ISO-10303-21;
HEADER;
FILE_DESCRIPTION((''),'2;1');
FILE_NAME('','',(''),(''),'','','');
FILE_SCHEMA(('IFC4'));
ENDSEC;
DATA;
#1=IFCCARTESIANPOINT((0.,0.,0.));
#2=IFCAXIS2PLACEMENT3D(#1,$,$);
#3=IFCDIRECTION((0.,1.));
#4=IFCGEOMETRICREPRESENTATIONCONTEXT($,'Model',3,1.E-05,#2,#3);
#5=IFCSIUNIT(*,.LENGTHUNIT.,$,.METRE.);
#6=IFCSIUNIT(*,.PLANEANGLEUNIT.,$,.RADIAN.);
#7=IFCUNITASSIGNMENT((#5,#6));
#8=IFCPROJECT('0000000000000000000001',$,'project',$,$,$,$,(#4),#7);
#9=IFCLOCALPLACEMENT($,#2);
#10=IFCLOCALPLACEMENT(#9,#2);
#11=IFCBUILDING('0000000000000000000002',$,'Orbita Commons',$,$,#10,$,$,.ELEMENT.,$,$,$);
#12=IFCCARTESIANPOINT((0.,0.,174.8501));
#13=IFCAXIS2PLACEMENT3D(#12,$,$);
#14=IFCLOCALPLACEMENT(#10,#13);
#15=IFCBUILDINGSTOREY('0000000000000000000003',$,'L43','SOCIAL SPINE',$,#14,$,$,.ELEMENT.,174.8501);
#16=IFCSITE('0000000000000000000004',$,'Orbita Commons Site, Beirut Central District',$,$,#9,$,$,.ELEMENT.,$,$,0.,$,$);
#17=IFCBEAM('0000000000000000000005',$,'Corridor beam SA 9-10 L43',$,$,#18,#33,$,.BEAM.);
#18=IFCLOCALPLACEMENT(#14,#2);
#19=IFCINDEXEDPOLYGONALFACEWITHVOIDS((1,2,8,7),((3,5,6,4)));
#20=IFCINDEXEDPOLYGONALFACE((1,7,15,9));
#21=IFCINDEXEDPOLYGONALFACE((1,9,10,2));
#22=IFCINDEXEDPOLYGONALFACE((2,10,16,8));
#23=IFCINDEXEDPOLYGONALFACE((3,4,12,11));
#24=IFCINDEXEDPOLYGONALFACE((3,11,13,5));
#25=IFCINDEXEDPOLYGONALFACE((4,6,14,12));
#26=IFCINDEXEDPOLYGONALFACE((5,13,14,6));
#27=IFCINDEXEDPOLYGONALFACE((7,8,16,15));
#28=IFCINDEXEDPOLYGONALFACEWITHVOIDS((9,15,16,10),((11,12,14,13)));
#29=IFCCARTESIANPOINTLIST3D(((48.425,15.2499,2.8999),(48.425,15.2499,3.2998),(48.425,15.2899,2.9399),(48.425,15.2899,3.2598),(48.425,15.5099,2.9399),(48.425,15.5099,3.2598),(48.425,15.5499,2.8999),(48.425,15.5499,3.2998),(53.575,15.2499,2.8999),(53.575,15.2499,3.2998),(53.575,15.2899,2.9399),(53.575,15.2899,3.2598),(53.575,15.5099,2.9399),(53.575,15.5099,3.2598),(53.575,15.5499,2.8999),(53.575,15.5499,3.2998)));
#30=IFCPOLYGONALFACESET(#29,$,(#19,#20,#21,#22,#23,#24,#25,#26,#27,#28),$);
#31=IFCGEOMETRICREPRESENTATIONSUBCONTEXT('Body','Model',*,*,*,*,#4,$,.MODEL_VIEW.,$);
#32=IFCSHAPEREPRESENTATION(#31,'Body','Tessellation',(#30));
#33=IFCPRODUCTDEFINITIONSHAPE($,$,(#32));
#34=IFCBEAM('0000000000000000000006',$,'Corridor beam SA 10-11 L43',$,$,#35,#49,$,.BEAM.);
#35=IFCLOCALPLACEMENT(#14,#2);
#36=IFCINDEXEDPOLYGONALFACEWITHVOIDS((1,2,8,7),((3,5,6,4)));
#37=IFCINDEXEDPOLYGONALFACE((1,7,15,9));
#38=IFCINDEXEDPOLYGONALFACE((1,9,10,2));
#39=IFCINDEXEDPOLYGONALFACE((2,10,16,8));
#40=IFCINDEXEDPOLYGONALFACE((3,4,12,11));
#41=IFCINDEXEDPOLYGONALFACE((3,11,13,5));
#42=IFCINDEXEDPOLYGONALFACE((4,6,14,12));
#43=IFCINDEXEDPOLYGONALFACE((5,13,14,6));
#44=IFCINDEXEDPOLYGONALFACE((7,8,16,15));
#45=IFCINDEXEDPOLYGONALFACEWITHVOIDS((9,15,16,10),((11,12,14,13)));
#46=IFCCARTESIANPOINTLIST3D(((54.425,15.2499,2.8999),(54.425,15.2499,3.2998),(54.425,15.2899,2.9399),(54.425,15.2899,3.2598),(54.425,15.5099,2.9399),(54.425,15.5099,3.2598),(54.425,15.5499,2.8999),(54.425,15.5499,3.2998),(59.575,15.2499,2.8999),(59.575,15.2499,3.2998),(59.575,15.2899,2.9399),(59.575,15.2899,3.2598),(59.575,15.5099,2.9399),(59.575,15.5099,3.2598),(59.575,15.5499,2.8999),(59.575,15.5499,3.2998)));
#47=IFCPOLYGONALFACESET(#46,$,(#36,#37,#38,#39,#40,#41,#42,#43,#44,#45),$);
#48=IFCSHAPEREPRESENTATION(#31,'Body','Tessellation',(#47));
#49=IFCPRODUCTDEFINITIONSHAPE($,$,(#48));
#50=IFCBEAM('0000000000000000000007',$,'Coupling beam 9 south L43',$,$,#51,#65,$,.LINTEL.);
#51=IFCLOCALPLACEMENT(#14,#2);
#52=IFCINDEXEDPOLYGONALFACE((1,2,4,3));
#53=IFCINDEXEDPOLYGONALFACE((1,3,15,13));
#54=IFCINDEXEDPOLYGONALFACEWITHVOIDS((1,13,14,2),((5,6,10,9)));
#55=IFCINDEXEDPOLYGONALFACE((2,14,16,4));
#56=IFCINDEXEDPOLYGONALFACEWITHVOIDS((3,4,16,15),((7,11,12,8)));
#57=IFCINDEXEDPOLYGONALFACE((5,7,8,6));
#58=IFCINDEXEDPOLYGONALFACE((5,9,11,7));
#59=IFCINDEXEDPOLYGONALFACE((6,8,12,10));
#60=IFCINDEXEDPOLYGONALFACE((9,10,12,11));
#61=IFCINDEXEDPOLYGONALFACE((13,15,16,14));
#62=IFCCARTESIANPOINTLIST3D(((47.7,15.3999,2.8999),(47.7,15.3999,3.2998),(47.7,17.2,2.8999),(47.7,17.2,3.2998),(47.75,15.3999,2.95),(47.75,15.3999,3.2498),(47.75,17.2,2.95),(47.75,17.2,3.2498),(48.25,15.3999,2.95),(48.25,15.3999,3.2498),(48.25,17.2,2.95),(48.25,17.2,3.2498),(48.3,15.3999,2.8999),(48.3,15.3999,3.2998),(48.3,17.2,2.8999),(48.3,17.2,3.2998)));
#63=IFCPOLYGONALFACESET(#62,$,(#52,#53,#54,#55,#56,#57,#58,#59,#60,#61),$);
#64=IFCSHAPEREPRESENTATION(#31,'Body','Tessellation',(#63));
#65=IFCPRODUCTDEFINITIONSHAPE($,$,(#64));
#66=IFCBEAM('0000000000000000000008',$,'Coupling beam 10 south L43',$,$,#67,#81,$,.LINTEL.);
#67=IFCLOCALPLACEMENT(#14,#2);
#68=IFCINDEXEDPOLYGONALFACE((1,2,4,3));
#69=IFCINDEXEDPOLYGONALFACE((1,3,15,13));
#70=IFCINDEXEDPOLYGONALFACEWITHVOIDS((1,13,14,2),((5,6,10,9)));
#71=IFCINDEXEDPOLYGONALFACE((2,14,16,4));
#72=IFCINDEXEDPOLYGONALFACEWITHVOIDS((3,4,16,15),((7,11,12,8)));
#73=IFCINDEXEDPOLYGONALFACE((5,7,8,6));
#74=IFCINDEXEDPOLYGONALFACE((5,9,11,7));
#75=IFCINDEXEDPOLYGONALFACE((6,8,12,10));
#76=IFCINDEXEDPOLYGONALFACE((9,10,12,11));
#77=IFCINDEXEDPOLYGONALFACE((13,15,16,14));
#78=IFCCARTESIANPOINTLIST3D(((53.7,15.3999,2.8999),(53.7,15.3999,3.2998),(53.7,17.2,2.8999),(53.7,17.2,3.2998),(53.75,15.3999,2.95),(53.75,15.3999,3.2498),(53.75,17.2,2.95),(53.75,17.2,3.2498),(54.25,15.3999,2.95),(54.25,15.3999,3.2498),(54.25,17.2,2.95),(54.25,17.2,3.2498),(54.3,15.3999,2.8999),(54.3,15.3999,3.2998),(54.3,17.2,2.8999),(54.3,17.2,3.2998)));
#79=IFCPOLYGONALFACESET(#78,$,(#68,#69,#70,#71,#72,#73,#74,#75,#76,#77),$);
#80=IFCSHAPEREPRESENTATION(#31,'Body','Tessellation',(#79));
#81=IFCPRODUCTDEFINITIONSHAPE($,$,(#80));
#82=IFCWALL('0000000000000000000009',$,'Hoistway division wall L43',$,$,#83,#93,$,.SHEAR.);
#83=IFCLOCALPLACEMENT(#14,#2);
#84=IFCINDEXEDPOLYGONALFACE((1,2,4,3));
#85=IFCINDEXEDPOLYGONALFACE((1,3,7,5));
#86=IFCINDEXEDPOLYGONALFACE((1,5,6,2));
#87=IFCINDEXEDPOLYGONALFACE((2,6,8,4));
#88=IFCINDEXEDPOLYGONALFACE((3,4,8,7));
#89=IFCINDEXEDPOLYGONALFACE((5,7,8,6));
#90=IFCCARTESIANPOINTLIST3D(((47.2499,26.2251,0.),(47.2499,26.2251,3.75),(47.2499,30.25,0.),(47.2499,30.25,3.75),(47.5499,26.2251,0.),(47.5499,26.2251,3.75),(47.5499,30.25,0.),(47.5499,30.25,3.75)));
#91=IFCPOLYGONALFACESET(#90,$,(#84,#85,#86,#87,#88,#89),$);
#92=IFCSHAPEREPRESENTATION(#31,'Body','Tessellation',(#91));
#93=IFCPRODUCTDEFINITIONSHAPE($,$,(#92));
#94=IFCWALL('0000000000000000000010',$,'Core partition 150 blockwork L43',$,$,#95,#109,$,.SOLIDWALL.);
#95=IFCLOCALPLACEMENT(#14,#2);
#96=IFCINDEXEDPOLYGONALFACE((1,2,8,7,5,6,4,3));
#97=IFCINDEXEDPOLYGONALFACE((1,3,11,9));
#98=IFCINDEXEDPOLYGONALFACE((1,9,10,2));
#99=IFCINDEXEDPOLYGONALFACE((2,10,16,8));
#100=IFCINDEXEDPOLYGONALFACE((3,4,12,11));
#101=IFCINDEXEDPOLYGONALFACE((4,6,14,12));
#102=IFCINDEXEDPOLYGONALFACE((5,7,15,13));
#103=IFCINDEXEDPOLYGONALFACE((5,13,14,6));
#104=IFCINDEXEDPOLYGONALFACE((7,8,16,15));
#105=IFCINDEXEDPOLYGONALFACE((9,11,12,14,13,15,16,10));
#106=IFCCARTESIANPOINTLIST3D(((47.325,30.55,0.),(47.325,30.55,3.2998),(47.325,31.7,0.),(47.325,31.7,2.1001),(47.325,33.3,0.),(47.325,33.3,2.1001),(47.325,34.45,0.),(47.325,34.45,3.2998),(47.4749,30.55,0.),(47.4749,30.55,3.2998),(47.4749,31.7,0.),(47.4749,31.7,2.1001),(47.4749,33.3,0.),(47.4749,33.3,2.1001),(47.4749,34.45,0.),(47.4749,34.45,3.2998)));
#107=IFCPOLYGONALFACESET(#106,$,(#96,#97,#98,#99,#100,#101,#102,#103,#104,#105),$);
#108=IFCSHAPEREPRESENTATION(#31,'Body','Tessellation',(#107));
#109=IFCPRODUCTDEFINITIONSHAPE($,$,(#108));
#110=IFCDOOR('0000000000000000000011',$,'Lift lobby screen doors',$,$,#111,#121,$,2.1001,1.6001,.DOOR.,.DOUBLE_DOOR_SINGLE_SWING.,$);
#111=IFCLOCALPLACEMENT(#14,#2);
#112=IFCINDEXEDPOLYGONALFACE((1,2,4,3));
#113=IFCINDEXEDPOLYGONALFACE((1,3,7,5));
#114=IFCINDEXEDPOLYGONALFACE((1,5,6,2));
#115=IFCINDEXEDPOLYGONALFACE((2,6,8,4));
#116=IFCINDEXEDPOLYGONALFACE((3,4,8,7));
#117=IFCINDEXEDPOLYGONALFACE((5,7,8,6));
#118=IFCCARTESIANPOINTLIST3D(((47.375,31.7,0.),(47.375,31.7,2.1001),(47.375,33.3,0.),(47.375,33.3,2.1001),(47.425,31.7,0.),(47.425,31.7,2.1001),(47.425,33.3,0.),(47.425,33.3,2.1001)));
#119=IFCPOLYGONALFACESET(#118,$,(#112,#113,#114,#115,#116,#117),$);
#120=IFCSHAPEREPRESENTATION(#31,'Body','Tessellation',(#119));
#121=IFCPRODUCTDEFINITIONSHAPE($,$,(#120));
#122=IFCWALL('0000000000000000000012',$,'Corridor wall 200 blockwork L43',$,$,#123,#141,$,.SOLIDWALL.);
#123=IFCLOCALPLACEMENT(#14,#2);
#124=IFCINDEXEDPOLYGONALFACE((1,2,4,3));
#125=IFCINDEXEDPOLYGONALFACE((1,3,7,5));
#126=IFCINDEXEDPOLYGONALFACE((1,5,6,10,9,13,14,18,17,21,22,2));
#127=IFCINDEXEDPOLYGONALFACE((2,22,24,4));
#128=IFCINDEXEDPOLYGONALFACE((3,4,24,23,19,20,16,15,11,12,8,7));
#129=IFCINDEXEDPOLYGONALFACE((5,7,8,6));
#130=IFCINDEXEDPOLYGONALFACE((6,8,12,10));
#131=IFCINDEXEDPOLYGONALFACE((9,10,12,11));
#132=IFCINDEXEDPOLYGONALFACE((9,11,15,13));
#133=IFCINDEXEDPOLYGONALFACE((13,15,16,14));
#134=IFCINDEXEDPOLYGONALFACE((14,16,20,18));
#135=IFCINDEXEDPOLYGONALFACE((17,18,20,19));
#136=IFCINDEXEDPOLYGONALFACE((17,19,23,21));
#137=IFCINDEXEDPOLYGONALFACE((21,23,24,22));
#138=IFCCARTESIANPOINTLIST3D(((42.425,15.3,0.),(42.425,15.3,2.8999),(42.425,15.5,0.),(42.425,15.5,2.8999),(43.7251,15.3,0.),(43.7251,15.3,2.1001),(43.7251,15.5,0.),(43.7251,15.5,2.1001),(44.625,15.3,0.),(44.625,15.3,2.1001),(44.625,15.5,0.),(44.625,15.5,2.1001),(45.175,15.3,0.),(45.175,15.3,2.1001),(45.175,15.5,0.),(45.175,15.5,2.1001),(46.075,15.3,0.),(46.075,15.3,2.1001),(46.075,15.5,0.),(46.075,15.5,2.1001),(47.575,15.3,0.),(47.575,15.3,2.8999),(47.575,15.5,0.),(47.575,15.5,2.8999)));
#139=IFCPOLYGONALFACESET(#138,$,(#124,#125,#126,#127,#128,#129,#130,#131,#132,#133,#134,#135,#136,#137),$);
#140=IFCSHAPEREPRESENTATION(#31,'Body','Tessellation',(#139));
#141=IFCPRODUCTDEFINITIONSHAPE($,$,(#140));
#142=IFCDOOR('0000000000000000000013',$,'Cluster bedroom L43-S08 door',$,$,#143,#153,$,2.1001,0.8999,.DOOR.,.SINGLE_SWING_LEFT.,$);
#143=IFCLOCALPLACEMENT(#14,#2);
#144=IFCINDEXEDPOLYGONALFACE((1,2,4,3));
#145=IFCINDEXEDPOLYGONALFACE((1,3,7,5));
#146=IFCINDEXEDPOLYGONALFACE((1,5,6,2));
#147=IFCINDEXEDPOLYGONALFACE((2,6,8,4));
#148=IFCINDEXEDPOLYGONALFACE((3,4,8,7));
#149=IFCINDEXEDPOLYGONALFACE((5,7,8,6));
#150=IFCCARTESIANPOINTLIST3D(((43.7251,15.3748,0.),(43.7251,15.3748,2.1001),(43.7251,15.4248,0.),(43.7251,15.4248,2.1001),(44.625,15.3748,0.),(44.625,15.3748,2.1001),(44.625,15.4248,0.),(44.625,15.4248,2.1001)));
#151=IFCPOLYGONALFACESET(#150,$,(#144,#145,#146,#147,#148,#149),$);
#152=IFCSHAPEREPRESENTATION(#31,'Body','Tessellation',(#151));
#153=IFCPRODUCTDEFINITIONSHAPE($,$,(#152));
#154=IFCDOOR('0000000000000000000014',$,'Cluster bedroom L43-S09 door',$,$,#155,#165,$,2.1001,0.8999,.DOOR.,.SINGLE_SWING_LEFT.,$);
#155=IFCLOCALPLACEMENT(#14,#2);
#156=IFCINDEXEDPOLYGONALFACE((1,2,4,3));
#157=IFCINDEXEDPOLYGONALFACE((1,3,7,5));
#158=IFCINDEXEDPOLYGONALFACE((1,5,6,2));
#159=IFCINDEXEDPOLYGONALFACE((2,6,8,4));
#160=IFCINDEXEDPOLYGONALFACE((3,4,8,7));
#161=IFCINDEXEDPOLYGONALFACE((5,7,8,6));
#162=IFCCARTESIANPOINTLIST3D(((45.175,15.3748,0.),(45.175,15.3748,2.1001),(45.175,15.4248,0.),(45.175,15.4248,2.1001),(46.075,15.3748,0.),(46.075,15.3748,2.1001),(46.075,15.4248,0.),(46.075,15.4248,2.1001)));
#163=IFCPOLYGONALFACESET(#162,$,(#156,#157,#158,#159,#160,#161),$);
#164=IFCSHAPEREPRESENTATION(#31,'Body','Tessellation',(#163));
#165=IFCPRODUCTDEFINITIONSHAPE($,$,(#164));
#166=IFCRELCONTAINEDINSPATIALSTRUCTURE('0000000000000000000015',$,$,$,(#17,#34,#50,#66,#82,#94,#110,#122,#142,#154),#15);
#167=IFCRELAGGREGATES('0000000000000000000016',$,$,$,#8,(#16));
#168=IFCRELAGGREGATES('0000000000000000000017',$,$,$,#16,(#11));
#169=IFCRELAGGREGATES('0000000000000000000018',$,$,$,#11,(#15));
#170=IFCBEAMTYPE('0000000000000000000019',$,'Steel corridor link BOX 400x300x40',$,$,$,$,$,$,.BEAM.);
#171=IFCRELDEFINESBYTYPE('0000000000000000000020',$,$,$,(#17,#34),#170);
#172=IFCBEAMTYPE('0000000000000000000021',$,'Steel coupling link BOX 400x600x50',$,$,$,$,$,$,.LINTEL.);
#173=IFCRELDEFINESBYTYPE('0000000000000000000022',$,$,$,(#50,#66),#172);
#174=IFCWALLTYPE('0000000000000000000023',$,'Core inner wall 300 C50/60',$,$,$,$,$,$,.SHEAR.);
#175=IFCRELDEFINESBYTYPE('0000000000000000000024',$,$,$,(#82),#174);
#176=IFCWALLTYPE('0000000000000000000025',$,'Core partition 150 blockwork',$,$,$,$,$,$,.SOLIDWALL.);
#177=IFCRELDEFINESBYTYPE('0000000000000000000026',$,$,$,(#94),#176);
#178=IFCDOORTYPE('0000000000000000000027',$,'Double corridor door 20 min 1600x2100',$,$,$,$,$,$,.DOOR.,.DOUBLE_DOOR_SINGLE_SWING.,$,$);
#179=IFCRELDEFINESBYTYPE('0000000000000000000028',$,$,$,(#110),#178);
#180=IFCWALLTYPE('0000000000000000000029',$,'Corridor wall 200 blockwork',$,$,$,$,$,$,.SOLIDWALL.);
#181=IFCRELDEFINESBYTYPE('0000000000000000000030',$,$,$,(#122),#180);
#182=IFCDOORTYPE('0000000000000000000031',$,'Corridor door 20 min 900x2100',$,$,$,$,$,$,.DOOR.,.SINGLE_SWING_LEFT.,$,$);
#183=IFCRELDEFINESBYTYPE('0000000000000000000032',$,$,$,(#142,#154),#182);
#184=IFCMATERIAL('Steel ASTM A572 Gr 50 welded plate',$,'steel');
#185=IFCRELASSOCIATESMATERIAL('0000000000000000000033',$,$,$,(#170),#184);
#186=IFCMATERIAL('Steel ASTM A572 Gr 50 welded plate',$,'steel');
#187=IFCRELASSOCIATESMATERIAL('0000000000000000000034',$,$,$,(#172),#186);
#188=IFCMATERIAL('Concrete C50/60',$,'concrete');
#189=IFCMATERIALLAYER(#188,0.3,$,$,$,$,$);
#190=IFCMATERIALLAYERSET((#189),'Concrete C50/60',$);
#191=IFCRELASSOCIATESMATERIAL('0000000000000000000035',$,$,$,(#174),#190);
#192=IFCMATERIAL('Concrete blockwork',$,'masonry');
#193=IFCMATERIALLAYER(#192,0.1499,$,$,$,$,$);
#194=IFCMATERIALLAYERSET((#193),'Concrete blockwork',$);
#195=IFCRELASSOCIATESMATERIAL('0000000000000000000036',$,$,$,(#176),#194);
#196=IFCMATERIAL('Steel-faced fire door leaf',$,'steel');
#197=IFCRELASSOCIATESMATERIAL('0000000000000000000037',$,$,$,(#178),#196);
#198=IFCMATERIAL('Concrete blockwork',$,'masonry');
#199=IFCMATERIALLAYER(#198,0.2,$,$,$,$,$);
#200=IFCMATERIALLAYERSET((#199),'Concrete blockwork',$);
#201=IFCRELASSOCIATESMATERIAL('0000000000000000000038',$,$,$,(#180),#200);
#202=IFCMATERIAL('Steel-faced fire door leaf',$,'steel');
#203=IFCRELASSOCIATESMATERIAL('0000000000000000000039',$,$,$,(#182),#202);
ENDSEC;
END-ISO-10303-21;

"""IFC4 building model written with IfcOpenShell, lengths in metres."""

from ifc_helpers import new_model, si_unit, direction, frame, frame_2d, origin, origin_2d, place, context, subcontext, project, spatial, polyline, rectangle, hollow_rectangle, outline, extrude, material, layer, layer_set, material_profile, profile_set, type_object, element, fill, save


model = new_model("IFC4")

# Units and contexts
model_context = context("Model", 3, precision=1e-05, world=origin(), true_north=direction((0.0, 1.0)))
body_context = subcontext(model_context, "Body", "Model", "MODEL_VIEW")
ifc_project = project(units=[si_unit("LENGTHUNIT", "METRE"), si_unit("PLANEANGLEUNIT", "RADIAN")], contexts=[model_context])

# Site, building, storey
site_placement = place(None, origin())
site = spatial("IfcSite", under=ifc_project, at=site_placement, Name="Orbita Commons Site, Beirut Central District", CompositionType="ELEMENT", RefElevation=0.0)
building_placement = place(site_placement, origin())
building = spatial("IfcBuilding", under=site, at=building_placement, Name="Orbita Commons", CompositionType="ELEMENT")
storey_placement = place(building_placement, frame((0.0, 0.0, 174.8501)))
storey = spatial("IfcBuildingStorey", under=building, at=storey_placement, Name="L43", Description="SOCIAL SPINE", CompositionType="ELEMENT", Elevation=174.8501)

# Beams
ifc_material_1 = material(Name="Steel ASTM A572 Gr 50 welded plate", Category="steel")
ifc_material_profile_1 = material_profile(ifc_material_1, hollow_rectangle(XDim=0.3, YDim=0.3999, WallThickness=0.04, at=origin_2d()), Name="BOX 400x300x40")
ifc_profile_set_1 = profile_set([ifc_material_profile_1], Name="Steel ASTM A572 Gr 50 welded plate")
beam_type_1 = type_object("IfcBeamType", Name="Steel corridor link BOX 400x300x40", PredefinedType="BEAM", material=ifc_profile_set_1)
for number, where, z_axis, x_axis, name in (
    (1, (48.425, 15.3999, 3.0999), (1.0, 0.0, 0.0), (0.0, 1.0, 0.0), "Corridor beam SA 9-10 L43"),
    (2, (54.425, 15.3999, 3.0999), (1.0, 0.0, 0.0), (0.0, 1.0, 0.0), "Corridor beam SA 10-11 L43"),
):
    element("IfcBeam", number, at=place(storey_placement, frame(where, z_axis=z_axis, x_axis=x_axis)), inside=storey, type_object=beam_type_1, Name=name, PredefinedType="BEAM", context=body_context, shape_type="SweptSolid", body=[
        extrude(hollow_rectangle(XDim=0.3, YDim=0.3999, WallThickness=0.04, at=origin_2d()), origin(), (0.0, 0.0, 1.0), 5.1499),
    ])
ifc_material_2 = material(Name="Steel ASTM A572 Gr 50 welded plate", Category="steel")
ifc_material_profile_2 = material_profile(ifc_material_2, hollow_rectangle(XDim=0.6001, YDim=0.3999, WallThickness=0.05, at=origin_2d()), Name="BOX 400x600x50")
ifc_profile_set_2 = profile_set([ifc_material_profile_2], Name="Steel ASTM A572 Gr 50 welded plate")
beam_type_2 = type_object("IfcBeamType", Name="Steel coupling link BOX 400x600x50", PredefinedType="LINTEL", material=ifc_profile_set_2)
for number, where, z_axis, x_axis, name in (
    (3, (48.0, 15.3999, 3.0999), (0.0, 1.0, 0.0), (-1.0, 0.0, 0.0), "Coupling beam 9 south L43"),
    (4, (54.0, 15.3999, 3.0999), (0.0, 1.0, 0.0), (-1.0, 0.0, 0.0), "Coupling beam 10 south L43"),
):
    element("IfcBeam", number, at=place(storey_placement, frame(where, z_axis=z_axis, x_axis=x_axis)), inside=storey, type_object=beam_type_2, Name=name, PredefinedType="LINTEL", context=body_context, shape_type="SweptSolid", body=[
        extrude(hollow_rectangle(XDim=0.6001, YDim=0.3999, WallThickness=0.05, at=origin_2d()), origin(), (0.0, 0.0, 1.0), 1.8),
    ])

# Wall
ifc_material_3 = material(Name="Concrete C50/60", Category="concrete")
ifc_layer_1 = layer(ifc_material_3, 0.3)
ifc_layer_set_1 = layer_set([ifc_layer_1], Name="Concrete C50/60")
wall_type_1 = type_object("IfcWallType", Name="Core inner wall 300 C50/60", PredefinedType="SHEAR", material=ifc_layer_set_1)
wall_1_placement = place(storey_placement, frame((47.3999, 26.2251, 0.0), z_axis=(0.0, 0.0, 1.0), x_axis=(0.0, 1.0, 0.0)))
element("IfcWall", 5, at=wall_1_placement, inside=storey, type_object=wall_type_1, Name="Hoistway division wall L43", PredefinedType="SHEAR", context=body_context, shape_type="SweptSolid", body=[
    extrude(rectangle(XDim=4.0249, YDim=0.3, at=frame_2d((2.0125, 0.0))), origin(), (0.0, 0.0, 1.0), 3.75),
])

# Wall, opening, door
ifc_material_4 = material(Name="Concrete blockwork", Category="masonry")
ifc_layer_2 = layer(ifc_material_4, 0.1499)
ifc_layer_set_2 = layer_set([ifc_layer_2], Name="Concrete blockwork")
wall_type_2 = type_object("IfcWallType", Name="Core partition 150 blockwork", PredefinedType="SOLIDWALL", material=ifc_layer_set_2)
wall_2_placement = place(storey_placement, frame((47.3999, 30.55, 0.0), z_axis=(0.0, 0.0, 1.0), x_axis=(0.0, 1.0, 0.0)))
wall_2 = element("IfcWall", 6, at=wall_2_placement, inside=storey, type_object=wall_type_2, Name="Core partition 150 blockwork L43", PredefinedType="SOLIDWALL", context=body_context, shape_type="SweptSolid", body=[
    extrude(rectangle(XDim=3.8999, YDim=0.1499, at=frame_2d((1.95, 0.0))), origin(), (0.0, 0.0, 1.0), 3.2998),
])
opening_1_placement = place(wall_2_placement, frame((1.1499, 0.0, 0.0)))
opening_1 = element("IfcOpeningElement", 7, at=opening_1_placement, cuts=wall_2, PredefinedType="OPENING", context=body_context, shape_type="SweptSolid", body=[
    extrude(rectangle(XDim=1.6001, YDim=2.1001, at=frame_2d((0.8, 1.05))), frame((0.0, 0.085, 0.0), z_axis=(0.0, -1.0, 0.0), x_axis=(1.0, 0.0, 0.0)), (0.0, 0.0, 1.0), 0.1699),
])
ifc_material_5 = material(Name="Steel-faced fire door leaf", Category="steel")
door_type_1 = type_object("IfcDoorType", Name="Double corridor door 20 min 1600x2100", OperationType="DOUBLE_DOOR_SINGLE_SWING", PredefinedType="DOOR", material=ifc_material_5)
door_1_placement = place(opening_1_placement, origin())
door_1 = element("IfcDoor", 8, at=door_1_placement, inside=storey, type_object=door_type_1, Name="Lift lobby screen doors", OperationType="DOUBLE_DOOR_SINGLE_SWING", OverallHeight=2.1001, OverallWidth=1.6001, PredefinedType="DOOR", context=body_context, shape_type="SweptSolid", body=[
    extrude(rectangle(XDim=1.6001, YDim=2.1001, at=frame_2d((0.8, 1.05))), frame((0.0, 0.0249, 0.0), z_axis=(0.0, -1.0, 0.0), x_axis=(1.0, 0.0, 0.0)), (0.0, 0.0, 1.0), 0.05),
])
fill(opening_1, door_1)

# Wall, openings, doors
ifc_material_6 = material(Name="Concrete blockwork", Category="masonry")
ifc_layer_3 = layer(ifc_material_6, 0.2)
ifc_layer_set_3 = layer_set([ifc_layer_3], Name="Concrete blockwork")
wall_type_3 = type_object("IfcWallType", Name="Corridor wall 200 blockwork", PredefinedType="SOLIDWALL", material=ifc_layer_set_3)
wall_3_placement = place(storey_placement, frame((42.425, 15.3999, 0.0), z_axis=(0.0, 0.0, 1.0), x_axis=(1.0, 0.0, 0.0)))
wall_3 = element("IfcWall", 9, at=wall_3_placement, inside=storey, type_object=wall_type_3, Name="Corridor wall 200 blockwork L43", PredefinedType="SOLIDWALL", context=body_context, shape_type="SweptSolid", body=[
    extrude(outline(polyline([(0.0, 0.0), (5.1499, 0.0), (5.1499, 2.8999), (0.0, 2.8999), (0.0, 0.0)])), frame((0.0, 0.1001, 0.0), z_axis=(0.0, -1.0, 0.0), x_axis=(1.0, 0.0, 0.0)), (0.0, 0.0, 1.0), 0.2),
])
opening_2_placement = place(wall_3_placement, frame((1.3, 0.0, 0.0)))
opening_2 = element("IfcOpeningElement", 10, at=opening_2_placement, cuts=wall_3, PredefinedType="OPENING", context=body_context, shape_type="SweptSolid", body=[
    extrude(rectangle(XDim=0.8999, YDim=2.1001, at=frame_2d((0.45, 1.05))), frame((0.0, 0.1099, 0.0), z_axis=(0.0, -1.0, 0.0), x_axis=(1.0, 0.0, 0.0)), (0.0, 0.0, 1.0), 0.22),
])
opening_3_placement = place(wall_3_placement, frame((2.75, 0.0, 0.0)))
opening_3 = element("IfcOpeningElement", 11, at=opening_3_placement, cuts=wall_3, PredefinedType="OPENING", context=body_context, shape_type="SweptSolid", body=[
    extrude(rectangle(XDim=0.8999, YDim=2.1001, at=frame_2d((0.45, 1.05))), frame((0.0, 0.1099, 0.0), z_axis=(0.0, -1.0, 0.0), x_axis=(1.0, 0.0, 0.0)), (0.0, 0.0, 1.0), 0.22),
])
ifc_material_7 = material(Name="Steel-faced fire door leaf", Category="steel")
door_type_2 = type_object("IfcDoorType", Name="Corridor door 20 min 900x2100", OperationType="SINGLE_SWING_LEFT", PredefinedType="DOOR", material=ifc_material_7)
door_2_placement = place(opening_2_placement, origin())
door_2 = element("IfcDoor", 12, at=door_2_placement, inside=storey, type_object=door_type_2, Name="Cluster bedroom L43-S08 door", OperationType="SINGLE_SWING_LEFT", OverallHeight=2.1001, OverallWidth=0.8999, PredefinedType="DOOR", context=body_context, shape_type="SweptSolid", body=[
    extrude(rectangle(XDim=0.8999, YDim=2.1001, at=frame_2d((0.45, 1.05))), frame((0.0, 0.0249, 0.0), z_axis=(0.0, -1.0, 0.0), x_axis=(1.0, 0.0, 0.0)), (0.0, 0.0, 1.0), 0.05),
])
fill(opening_2, door_2)
door_3_placement = place(opening_3_placement, origin())
door_3 = element("IfcDoor", 13, at=door_3_placement, inside=storey, type_object=door_type_2, Name="Cluster bedroom L43-S09 door", OperationType="SINGLE_SWING_LEFT", OverallHeight=2.1001, OverallWidth=0.8999, PredefinedType="DOOR", context=body_context, shape_type="SweptSolid", body=[
    extrude(rectangle(XDim=0.8999, YDim=2.1001, at=frame_2d((0.45, 1.05))), frame((0.0, 0.0249, 0.0), z_axis=(0.0, -1.0, 0.0), x_axis=(1.0, 0.0, 0.0)), (0.0, 0.0, 1.0), 0.05),
])
fill(opening_3, door_3)

save(model, "model.ifc")
